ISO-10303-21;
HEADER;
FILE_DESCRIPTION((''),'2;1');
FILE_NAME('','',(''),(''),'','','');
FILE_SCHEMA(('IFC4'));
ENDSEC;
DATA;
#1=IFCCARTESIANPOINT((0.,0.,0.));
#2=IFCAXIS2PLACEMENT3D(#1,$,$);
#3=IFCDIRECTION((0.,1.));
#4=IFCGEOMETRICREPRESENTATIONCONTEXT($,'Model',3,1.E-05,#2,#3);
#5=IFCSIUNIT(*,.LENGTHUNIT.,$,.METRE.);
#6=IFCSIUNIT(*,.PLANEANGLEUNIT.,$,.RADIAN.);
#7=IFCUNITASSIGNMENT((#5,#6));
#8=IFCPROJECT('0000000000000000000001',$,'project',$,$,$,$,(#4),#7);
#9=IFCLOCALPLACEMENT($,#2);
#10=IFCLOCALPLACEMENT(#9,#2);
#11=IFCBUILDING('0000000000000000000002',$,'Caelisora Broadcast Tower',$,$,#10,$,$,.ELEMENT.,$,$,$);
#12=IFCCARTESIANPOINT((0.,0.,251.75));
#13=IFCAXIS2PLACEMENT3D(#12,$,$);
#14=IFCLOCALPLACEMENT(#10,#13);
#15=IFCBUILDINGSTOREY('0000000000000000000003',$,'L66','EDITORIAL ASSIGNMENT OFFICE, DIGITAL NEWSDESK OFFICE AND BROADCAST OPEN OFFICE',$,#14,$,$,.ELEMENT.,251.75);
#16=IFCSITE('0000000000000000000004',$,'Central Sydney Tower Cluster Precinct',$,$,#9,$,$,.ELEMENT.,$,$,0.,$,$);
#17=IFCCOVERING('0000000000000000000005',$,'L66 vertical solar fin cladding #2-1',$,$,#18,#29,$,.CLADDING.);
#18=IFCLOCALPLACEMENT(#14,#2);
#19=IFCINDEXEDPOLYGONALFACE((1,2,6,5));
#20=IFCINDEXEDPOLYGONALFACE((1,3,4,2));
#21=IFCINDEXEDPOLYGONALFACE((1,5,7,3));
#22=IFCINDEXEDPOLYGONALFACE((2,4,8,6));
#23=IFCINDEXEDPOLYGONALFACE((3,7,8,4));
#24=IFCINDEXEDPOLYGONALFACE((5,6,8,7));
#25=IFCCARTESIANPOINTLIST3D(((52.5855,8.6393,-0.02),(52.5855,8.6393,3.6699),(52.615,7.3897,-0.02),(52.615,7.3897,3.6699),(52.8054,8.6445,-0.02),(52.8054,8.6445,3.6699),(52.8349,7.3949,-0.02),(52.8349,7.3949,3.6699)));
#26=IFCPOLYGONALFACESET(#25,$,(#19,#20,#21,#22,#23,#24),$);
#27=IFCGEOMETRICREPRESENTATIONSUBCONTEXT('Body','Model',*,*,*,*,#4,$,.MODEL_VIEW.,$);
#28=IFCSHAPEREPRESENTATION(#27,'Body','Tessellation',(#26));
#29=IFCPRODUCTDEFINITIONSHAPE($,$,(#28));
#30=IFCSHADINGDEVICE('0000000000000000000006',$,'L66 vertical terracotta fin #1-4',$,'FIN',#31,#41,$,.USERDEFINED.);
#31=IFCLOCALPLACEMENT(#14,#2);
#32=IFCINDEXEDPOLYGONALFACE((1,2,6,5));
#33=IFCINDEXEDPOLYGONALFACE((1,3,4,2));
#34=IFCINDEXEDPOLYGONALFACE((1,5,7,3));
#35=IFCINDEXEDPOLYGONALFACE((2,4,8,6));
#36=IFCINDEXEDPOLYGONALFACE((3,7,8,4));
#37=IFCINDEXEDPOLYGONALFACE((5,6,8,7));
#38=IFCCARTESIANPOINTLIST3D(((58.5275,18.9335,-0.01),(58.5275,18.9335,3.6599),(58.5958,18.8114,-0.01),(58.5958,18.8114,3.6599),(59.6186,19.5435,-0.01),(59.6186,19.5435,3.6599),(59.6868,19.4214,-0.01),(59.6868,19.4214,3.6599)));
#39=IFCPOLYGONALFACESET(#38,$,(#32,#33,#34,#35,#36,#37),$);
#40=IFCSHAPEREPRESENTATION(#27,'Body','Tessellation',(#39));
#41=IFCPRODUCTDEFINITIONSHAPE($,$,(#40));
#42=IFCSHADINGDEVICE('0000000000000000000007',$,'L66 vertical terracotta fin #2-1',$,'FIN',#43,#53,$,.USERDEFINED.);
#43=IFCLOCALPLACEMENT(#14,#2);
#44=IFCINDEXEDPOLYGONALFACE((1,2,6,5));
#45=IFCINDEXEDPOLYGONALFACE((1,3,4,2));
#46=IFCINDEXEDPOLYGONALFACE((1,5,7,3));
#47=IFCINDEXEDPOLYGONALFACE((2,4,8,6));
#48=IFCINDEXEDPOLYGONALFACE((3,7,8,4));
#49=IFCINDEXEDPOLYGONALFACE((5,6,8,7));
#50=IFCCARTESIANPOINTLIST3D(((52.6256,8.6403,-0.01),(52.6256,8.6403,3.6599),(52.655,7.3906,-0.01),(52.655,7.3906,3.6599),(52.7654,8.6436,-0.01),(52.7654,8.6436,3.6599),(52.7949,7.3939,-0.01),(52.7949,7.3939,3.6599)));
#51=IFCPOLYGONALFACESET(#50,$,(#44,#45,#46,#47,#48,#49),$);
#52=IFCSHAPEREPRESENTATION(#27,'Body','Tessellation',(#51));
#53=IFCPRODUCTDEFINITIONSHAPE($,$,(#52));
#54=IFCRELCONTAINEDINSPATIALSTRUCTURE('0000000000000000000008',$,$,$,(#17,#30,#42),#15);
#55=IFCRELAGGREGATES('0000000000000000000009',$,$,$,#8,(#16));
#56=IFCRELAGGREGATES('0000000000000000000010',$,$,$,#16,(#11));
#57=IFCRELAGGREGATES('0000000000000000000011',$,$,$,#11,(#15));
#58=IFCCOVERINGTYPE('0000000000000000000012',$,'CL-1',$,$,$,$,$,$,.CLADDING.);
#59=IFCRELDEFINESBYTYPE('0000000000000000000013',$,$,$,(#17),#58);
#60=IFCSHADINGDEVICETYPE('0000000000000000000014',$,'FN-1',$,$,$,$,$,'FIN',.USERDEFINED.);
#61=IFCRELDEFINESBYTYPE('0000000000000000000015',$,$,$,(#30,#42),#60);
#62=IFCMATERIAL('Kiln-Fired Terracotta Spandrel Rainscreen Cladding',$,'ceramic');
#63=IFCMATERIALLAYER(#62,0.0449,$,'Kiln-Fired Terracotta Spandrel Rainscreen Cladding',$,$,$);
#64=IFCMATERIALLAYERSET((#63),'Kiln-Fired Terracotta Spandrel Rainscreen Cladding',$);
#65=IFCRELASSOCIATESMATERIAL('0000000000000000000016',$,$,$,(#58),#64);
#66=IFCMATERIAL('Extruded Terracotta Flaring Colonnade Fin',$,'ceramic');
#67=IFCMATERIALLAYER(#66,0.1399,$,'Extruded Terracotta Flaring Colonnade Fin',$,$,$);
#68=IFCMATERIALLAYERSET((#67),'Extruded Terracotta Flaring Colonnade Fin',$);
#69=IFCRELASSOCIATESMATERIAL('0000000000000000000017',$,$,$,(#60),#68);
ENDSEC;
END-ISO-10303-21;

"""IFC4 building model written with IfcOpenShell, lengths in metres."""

from ifc_helpers import new_model, si_unit, direction, frame, origin, origin_2d, place, context, subcontext, project, spatial, rectangle, extrude, source, transform, mapped, material, layer, layer_set, type_object, type_shapes, element, save


model = new_model("IFC4")

# Units and contexts
model_context = context("Model", 3, precision=1e-05, world=origin(), true_north=direction((0.0, 1.0)))
body_context = subcontext(model_context, "Body", "Model", "MODEL_VIEW")
ifc_project = project(units=[si_unit("LENGTHUNIT", "METRE"), si_unit("PLANEANGLEUNIT", "RADIAN")], contexts=[model_context])

# Site, building, storey
site_placement = place(None, origin())
site = spatial("IfcSite", under=ifc_project, at=site_placement, Name="Central Sydney Tower Cluster Precinct", CompositionType="ELEMENT", RefElevation=0.0)
building_placement = place(site_placement, origin())
building = spatial("IfcBuilding", under=site, at=building_placement, Name="Caelisora Broadcast Tower", CompositionType="ELEMENT")
storey_placement = place(building_placement, frame((0.0, 0.0, 251.75)))
storey = spatial("IfcBuildingStorey", under=building, at=storey_placement, Name="L66", Description="EDITORIAL ASSIGNMENT OFFICE, DIGITAL NEWSDESK OFFICE AND BROADCAST OPEN OFFICE", CompositionType="ELEMENT", Elevation=251.75)

# Covering
ifc_material_1 = material(Name="Kiln-Fired Terracotta Spandrel Rainscreen Cladding", Category="ceramic")
ifc_layer_1 = layer(ifc_material_1, 0.0449, Name="Kiln-Fired Terracotta Spandrel Rainscreen Cladding")
ifc_layer_set_1 = layer_set([ifc_layer_1], Name="Kiln-Fired Terracotta Spandrel Rainscreen Cladding")
covering_type = type_object("IfcCoveringType", Name="CL-1", PredefinedType="CLADDING", material=ifc_layer_set_1)
shared_shape_1 = source(origin(), body_context, "Body", "SweptSolid", [
    extrude(rectangle(XDim=0.22, YDim=1.25, at=origin_2d()), origin(), (0.0, 0.0, 1.0), 3.6899),
])
type_shapes(covering_type, [shared_shape_1])
for number, where, z_axis, x_axis, name in (
    (1, (52.7102, 8.0171, -0.02), (0.0, 0.0, 1.0), (-0.999722, -0.02356, 0.0), "L66 vertical solar fin cladding #2-1"),
):
    element("IfcCovering", number, at=place(storey_placement, frame(where, z_axis=z_axis, x_axis=x_axis)), inside=storey, type_object=covering_type, Name=name, PredefinedType="CLADDING", context=body_context, shape_type="MappedRepresentation", body=[
        mapped(shared_shape_1, transform((0.0, 0.0, 0.0), scale=1.0)),
    ])

# Shading devices
ifc_material_2 = material(Name="Extruded Terracotta Flaring Colonnade Fin", Category="ceramic")
ifc_layer_2 = layer(ifc_material_2, 0.1399, Name="Extruded Terracotta Flaring Colonnade Fin")
ifc_layer_set_2 = layer_set([ifc_layer_2], Name="Extruded Terracotta Flaring Colonnade Fin")
shading_device_type = type_object("IfcShadingDeviceType", Name="FN-1", ElementType="FIN", PredefinedType="USERDEFINED", material=ifc_layer_set_2)
shared_shape_2 = source(origin(), body_context, "Body", "SweptSolid", [
    extrude(rectangle(XDim=0.1399, YDim=1.25, at=origin_2d()), origin(), (0.0, 0.0, 1.0), 3.6699),
])
type_shapes(shading_device_type, [shared_shape_2])
for number, where, z_axis, x_axis, name in (
    (2, (59.1072, 19.1775, -0.01), (0.0, 0.0, 1.0), (0.488012, -0.872837, 0.0), "L66 vertical terracotta fin #1-4"),
    (3, (52.7102, 8.0171, -0.01), (0.0, 0.0, 1.0), (-0.999722, -0.02356, 0.0), "L66 vertical terracotta fin #2-1"),
):
    element("IfcShadingDevice", number, at=place(storey_placement, frame(where, z_axis=z_axis, x_axis=x_axis)), inside=storey, type_object=shading_device_type, Name=name, ObjectType="FIN", PredefinedType="USERDEFINED", context=body_context, shape_type="MappedRepresentation", body=[
        mapped(shared_shape_2, transform((0.0, 0.0, 0.0), scale=1.0)),
    ])

save(model, "model.ifc")
